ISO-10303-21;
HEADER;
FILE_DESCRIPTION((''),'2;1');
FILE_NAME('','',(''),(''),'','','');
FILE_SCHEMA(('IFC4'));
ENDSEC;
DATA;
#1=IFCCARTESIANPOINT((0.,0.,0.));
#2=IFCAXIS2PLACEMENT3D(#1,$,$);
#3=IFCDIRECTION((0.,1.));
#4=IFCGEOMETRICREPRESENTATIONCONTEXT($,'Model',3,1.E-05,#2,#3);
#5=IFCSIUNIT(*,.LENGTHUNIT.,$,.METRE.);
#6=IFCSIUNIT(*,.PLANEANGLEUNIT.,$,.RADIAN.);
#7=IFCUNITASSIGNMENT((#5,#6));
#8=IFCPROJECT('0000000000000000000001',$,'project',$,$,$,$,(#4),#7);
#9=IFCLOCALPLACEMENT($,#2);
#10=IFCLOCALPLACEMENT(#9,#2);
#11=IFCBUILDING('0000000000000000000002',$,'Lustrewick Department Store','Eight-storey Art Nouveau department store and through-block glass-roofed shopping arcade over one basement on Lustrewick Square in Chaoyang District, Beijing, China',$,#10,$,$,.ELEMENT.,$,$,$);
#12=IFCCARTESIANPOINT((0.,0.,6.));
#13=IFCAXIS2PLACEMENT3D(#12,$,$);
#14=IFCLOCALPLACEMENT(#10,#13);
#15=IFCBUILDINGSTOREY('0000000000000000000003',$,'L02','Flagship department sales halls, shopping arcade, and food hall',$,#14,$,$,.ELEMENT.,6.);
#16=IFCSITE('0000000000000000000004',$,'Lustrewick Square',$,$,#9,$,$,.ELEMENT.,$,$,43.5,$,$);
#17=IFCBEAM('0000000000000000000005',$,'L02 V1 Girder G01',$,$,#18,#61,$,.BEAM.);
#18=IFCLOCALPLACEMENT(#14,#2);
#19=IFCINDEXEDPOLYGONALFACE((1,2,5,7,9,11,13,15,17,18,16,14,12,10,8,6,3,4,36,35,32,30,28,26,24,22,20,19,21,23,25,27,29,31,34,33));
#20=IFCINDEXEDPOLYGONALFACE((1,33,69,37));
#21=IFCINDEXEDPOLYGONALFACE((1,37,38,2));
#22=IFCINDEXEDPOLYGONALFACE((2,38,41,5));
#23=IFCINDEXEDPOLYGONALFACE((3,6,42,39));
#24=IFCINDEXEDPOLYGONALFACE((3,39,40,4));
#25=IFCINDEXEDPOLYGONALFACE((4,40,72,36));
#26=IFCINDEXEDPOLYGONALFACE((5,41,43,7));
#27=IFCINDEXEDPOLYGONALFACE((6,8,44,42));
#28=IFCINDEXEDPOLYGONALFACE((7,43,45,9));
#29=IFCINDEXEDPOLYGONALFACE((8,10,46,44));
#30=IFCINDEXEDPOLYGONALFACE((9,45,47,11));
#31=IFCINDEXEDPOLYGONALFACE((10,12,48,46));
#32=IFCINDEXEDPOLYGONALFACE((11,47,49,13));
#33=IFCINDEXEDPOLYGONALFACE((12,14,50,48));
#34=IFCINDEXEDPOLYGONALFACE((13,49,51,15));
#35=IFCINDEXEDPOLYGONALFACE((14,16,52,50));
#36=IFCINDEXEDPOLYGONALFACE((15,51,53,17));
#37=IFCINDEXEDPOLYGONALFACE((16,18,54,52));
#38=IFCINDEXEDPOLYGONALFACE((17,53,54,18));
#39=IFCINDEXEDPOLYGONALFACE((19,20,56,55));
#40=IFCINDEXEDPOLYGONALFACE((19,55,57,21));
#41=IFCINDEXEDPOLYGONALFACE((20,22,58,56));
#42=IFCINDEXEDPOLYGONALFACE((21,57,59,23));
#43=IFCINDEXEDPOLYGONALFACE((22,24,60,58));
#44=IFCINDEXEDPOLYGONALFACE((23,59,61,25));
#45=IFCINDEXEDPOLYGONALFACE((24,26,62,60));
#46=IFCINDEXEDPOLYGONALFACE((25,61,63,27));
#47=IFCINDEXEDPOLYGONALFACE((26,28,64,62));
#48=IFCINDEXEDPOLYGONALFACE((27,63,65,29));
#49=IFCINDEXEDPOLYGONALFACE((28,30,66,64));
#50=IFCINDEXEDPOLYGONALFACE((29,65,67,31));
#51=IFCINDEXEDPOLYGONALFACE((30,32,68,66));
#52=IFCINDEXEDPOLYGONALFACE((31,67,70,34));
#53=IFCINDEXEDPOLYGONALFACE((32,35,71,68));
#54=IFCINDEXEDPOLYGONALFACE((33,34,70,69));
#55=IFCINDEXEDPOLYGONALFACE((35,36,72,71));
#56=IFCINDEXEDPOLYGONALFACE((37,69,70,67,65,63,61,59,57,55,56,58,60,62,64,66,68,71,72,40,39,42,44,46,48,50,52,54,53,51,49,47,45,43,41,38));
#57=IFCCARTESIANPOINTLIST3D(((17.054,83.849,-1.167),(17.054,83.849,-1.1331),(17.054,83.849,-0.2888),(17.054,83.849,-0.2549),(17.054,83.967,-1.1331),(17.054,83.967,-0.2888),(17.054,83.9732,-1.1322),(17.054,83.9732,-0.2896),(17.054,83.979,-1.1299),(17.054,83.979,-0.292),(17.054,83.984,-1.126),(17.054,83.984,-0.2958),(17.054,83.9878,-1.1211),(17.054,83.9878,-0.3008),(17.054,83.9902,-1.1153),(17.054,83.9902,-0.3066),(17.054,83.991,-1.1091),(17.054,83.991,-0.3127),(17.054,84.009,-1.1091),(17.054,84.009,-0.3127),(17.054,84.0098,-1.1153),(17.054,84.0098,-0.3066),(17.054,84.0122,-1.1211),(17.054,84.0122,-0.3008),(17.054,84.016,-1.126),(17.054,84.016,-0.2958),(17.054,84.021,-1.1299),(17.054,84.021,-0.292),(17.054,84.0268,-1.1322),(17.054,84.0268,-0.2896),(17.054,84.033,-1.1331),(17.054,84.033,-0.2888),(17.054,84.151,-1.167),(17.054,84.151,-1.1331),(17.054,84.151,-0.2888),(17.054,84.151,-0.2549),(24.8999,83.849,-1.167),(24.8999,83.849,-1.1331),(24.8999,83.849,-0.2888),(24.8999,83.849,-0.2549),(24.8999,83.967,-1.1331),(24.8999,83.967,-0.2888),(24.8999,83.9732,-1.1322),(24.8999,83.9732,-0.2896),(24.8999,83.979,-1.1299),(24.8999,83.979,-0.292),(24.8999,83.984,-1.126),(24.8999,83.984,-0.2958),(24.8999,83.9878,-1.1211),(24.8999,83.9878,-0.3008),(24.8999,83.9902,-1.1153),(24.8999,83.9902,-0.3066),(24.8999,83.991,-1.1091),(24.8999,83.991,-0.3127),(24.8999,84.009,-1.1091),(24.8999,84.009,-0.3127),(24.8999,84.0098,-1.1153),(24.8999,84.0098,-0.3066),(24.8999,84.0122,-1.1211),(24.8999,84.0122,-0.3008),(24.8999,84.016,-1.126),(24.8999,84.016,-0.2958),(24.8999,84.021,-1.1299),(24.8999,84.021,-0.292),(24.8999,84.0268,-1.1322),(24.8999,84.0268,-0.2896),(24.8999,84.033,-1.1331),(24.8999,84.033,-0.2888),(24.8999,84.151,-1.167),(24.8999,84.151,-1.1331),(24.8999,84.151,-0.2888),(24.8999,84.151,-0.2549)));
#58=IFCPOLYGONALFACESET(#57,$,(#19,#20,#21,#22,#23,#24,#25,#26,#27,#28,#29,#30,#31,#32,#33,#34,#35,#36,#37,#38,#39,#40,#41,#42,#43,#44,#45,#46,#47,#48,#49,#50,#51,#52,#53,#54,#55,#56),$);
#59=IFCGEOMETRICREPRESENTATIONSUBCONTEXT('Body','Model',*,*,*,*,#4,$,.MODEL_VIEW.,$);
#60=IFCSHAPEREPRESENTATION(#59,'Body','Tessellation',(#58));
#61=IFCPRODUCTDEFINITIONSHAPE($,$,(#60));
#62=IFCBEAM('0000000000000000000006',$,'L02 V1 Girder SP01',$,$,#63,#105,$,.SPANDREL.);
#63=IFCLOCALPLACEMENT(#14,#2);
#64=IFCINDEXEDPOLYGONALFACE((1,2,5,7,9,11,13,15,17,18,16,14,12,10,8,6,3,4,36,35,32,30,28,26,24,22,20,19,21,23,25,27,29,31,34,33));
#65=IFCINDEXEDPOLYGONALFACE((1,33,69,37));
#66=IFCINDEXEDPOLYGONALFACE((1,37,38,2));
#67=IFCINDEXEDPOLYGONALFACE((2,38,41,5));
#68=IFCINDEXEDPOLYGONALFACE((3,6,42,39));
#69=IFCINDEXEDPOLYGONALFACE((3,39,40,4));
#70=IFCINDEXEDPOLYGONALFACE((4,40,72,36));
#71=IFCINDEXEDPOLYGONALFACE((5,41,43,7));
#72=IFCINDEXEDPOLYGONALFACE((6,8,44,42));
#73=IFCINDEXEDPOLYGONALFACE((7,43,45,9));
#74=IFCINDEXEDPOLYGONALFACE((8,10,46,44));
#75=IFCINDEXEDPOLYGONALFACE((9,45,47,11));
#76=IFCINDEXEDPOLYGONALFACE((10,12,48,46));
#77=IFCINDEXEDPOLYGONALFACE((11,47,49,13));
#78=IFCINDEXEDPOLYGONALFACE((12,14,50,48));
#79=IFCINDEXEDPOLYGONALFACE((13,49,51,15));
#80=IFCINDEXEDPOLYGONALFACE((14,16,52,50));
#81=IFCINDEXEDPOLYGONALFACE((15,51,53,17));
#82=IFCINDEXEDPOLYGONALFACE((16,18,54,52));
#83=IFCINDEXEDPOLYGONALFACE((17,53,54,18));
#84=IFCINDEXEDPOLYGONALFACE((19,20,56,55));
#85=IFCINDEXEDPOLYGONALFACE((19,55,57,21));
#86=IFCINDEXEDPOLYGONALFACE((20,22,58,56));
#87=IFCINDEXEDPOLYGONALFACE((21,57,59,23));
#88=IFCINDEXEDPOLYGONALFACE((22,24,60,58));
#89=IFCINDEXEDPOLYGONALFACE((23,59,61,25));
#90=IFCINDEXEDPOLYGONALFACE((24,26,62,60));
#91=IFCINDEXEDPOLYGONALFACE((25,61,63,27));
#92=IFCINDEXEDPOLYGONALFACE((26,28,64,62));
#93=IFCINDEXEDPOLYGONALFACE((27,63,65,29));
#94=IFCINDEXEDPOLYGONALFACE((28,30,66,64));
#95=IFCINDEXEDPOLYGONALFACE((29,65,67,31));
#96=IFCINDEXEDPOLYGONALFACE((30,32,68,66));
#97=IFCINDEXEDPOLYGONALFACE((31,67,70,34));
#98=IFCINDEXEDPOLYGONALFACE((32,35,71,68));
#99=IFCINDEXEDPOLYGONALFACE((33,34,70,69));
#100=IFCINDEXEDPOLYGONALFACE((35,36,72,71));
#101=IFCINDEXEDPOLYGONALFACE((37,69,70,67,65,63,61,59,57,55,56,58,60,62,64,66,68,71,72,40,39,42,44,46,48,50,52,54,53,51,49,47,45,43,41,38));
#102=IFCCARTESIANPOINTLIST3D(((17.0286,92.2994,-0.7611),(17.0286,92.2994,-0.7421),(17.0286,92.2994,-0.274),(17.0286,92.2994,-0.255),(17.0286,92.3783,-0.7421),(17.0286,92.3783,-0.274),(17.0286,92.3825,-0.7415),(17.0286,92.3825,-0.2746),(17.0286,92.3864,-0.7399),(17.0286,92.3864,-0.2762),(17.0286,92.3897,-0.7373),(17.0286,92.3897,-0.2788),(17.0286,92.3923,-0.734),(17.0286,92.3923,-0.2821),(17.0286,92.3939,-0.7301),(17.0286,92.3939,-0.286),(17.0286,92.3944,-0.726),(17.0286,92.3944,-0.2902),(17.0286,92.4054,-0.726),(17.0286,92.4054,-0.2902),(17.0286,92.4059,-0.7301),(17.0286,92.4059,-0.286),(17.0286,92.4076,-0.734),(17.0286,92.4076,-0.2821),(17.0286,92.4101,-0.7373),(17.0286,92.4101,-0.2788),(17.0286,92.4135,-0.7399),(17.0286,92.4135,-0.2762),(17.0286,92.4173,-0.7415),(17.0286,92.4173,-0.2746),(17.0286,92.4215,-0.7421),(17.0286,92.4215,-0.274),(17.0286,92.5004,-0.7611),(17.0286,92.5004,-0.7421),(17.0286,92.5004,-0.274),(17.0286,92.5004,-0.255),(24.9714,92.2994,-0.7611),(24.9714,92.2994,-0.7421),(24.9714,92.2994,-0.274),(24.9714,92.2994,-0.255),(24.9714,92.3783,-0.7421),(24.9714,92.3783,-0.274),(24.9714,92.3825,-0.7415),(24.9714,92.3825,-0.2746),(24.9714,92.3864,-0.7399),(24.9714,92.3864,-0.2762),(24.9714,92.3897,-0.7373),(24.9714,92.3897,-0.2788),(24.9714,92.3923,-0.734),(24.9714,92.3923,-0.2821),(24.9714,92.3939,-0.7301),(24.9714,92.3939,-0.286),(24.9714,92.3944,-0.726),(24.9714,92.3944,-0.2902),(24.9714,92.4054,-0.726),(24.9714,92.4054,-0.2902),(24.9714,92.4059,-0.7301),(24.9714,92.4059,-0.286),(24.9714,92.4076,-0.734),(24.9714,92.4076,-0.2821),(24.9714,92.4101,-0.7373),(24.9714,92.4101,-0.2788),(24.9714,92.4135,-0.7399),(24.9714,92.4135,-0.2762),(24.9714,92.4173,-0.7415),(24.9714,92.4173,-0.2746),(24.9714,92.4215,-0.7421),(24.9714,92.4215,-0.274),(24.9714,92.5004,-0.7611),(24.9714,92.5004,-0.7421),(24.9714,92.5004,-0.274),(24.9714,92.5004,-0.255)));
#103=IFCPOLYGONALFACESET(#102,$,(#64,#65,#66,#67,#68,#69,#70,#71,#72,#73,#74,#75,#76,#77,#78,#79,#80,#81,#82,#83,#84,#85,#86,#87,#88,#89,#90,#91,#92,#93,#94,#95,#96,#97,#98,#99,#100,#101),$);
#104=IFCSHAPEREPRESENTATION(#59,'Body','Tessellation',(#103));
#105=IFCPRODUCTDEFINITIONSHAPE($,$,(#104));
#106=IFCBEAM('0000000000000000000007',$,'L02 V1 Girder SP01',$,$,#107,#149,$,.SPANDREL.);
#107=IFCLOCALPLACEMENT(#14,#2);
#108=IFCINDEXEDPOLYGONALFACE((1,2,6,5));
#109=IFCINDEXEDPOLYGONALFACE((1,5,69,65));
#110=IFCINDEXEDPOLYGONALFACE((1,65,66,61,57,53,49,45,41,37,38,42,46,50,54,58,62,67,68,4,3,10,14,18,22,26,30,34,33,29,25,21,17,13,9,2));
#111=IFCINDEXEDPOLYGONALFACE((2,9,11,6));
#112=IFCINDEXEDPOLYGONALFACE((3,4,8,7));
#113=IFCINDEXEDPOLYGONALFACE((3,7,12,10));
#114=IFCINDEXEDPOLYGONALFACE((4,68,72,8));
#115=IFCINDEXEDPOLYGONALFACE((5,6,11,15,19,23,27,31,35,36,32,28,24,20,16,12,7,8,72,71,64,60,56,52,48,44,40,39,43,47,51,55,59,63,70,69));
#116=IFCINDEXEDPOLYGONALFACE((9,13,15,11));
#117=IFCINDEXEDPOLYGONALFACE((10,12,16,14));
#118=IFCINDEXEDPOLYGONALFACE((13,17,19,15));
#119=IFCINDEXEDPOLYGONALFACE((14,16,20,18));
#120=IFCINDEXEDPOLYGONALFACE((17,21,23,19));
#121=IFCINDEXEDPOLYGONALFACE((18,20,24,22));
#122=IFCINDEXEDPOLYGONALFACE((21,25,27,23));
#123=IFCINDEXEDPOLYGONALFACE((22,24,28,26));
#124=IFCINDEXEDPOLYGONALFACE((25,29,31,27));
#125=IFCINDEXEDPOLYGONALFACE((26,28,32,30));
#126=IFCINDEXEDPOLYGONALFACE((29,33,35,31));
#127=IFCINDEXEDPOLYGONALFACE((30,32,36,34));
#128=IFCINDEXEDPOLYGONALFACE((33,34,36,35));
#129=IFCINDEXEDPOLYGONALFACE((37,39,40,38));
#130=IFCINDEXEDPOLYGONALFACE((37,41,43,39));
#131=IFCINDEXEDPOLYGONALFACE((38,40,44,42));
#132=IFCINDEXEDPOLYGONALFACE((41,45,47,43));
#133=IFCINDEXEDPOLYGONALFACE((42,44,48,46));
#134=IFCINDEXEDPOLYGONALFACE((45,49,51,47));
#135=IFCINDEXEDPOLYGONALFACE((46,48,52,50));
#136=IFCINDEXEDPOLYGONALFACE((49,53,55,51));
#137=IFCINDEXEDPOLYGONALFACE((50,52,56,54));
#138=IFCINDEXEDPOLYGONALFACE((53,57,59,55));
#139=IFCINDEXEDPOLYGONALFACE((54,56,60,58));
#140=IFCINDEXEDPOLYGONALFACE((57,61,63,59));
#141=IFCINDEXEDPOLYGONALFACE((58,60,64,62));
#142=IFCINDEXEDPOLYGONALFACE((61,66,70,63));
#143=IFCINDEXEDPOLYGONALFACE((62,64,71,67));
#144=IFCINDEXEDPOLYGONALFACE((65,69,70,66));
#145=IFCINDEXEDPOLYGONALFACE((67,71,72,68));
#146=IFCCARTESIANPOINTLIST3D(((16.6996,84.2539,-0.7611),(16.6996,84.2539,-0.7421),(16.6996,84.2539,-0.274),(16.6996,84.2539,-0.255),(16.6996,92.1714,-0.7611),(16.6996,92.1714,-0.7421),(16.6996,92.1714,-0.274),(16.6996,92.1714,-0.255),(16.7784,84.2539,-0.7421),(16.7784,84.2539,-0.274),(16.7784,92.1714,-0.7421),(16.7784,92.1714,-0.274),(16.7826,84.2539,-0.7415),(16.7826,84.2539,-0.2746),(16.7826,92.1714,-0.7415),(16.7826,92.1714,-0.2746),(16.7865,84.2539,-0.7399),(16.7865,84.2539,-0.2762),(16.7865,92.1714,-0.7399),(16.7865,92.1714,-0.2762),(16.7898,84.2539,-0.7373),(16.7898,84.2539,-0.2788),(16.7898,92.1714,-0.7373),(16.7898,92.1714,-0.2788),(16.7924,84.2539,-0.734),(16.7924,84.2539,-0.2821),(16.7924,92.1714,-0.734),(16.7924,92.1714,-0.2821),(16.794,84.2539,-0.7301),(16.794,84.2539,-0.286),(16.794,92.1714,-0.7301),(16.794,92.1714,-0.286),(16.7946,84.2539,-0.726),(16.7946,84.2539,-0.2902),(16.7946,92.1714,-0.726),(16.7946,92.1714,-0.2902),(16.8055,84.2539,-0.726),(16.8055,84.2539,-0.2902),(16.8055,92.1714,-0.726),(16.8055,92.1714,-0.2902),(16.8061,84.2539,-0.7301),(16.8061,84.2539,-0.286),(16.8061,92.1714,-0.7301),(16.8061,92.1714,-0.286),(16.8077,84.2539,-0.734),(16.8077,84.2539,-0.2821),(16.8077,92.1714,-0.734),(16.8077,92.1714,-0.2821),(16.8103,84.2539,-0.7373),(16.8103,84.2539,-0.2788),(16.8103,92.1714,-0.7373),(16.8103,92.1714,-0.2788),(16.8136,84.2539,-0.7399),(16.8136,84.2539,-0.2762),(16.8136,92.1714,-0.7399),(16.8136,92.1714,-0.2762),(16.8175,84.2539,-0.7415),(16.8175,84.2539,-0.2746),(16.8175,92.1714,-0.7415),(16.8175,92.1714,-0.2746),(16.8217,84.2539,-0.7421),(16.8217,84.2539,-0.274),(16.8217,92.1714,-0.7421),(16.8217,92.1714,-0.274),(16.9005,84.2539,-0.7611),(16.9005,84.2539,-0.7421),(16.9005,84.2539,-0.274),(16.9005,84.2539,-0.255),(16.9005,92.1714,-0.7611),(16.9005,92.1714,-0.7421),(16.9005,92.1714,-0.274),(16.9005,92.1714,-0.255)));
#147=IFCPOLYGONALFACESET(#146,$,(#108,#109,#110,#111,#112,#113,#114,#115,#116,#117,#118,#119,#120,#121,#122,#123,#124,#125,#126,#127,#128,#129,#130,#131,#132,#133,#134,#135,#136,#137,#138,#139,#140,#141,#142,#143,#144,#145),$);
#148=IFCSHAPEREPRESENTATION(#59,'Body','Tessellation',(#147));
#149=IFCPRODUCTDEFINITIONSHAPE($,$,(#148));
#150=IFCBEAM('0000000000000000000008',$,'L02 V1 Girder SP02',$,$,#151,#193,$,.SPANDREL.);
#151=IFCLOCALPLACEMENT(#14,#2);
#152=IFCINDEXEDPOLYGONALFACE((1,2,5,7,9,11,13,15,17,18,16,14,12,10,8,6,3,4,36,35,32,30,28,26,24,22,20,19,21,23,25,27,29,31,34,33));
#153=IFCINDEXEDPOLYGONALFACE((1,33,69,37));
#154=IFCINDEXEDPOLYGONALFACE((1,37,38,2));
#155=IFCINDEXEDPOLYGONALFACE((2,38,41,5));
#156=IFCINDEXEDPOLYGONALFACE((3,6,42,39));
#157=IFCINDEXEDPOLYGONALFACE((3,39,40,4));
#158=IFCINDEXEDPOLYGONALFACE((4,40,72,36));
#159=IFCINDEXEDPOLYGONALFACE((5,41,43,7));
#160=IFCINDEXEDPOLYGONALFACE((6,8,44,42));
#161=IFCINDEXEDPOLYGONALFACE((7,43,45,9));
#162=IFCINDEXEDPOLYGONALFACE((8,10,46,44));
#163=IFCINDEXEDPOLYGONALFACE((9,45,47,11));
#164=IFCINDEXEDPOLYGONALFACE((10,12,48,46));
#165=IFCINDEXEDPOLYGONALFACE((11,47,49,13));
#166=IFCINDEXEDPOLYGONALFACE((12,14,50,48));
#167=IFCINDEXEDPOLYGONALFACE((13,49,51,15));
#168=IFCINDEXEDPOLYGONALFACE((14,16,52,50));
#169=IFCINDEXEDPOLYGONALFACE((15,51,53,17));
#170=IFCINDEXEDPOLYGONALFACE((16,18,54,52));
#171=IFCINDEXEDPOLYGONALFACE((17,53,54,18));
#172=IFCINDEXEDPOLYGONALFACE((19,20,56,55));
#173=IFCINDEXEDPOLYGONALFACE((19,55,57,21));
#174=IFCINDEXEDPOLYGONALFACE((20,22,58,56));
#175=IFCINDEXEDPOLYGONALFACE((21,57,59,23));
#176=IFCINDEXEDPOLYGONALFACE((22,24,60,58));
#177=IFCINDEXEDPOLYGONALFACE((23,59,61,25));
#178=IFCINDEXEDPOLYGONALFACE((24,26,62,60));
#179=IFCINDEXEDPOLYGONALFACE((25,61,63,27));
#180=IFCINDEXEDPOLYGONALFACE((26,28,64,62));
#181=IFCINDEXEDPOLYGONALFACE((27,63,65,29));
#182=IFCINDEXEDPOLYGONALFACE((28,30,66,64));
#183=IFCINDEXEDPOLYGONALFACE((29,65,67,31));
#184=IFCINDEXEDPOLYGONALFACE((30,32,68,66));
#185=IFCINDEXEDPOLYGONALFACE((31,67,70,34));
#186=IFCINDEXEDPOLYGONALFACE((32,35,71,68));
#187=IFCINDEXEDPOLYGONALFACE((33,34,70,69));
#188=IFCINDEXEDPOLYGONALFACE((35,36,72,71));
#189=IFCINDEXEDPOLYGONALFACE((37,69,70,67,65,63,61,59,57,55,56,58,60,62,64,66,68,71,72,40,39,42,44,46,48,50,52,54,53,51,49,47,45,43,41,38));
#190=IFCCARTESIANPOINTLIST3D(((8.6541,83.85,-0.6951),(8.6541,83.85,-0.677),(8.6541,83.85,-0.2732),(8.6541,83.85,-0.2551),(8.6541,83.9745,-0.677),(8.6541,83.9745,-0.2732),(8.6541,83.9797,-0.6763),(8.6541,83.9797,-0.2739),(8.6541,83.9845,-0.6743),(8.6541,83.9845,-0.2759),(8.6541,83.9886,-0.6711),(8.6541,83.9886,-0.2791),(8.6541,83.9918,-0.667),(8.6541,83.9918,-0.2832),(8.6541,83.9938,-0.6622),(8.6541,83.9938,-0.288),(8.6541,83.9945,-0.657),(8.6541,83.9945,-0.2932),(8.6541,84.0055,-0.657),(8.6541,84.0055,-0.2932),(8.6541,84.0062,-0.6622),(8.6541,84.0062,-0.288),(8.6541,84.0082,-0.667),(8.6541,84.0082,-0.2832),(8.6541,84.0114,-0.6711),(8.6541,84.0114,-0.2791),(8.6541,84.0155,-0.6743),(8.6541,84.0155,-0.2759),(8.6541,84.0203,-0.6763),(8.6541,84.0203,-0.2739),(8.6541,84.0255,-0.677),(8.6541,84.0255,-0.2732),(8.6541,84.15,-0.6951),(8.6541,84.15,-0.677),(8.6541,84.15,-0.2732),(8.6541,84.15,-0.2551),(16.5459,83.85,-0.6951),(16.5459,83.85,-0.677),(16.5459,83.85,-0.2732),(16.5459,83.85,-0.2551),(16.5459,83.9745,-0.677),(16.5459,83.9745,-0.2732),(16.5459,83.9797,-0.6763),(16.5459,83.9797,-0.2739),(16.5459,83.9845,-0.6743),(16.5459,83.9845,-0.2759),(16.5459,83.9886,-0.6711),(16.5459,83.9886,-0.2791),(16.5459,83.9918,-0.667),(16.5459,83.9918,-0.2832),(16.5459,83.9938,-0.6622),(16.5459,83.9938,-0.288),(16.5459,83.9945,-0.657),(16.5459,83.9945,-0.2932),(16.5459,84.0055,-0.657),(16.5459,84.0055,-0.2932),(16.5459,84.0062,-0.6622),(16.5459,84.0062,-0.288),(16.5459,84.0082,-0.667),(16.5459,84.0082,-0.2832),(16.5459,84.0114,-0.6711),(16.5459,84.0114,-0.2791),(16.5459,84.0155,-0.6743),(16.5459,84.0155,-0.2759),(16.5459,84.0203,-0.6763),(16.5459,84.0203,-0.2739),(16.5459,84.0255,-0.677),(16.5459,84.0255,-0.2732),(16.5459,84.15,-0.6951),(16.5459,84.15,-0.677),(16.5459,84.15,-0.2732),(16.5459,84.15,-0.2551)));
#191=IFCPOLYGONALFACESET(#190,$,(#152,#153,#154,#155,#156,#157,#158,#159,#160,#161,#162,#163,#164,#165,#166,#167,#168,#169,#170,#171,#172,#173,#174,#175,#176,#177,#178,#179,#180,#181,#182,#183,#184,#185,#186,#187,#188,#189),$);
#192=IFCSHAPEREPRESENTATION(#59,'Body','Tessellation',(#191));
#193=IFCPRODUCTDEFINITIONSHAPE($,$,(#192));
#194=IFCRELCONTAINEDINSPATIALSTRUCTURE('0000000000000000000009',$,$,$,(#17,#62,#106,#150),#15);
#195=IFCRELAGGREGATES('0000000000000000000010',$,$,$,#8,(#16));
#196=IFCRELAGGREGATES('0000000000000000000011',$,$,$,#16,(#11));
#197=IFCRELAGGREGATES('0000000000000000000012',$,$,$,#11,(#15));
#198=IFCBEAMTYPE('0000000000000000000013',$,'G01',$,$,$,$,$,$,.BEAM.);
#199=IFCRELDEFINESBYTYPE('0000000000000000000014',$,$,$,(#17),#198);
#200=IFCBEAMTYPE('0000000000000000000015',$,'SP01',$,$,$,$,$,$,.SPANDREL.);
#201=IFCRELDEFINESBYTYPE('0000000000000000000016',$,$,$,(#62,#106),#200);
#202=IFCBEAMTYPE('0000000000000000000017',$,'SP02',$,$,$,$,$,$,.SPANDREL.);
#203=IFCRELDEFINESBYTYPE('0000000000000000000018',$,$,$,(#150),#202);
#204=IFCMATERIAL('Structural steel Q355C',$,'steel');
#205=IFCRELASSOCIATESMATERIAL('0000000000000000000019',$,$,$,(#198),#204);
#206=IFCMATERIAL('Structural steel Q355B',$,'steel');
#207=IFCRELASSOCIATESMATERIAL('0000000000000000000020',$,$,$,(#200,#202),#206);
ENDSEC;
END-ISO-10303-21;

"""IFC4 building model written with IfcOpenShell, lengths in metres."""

from ifc_helpers import new_model, si_unit, direction, frame, origin, origin_2d, place, context, subcontext, project, spatial, i_section, extrude, material, material_profile, profile_set, type_object, element, save


model = new_model("IFC4")

# Units and contexts
model_context = context("Model", 3, precision=1e-05, world=origin(), true_north=direction((0.0, 1.0)))
body_context = subcontext(model_context, "Body", "Model", "MODEL_VIEW")
ifc_project = project(units=[si_unit("LENGTHUNIT", "METRE"), si_unit("PLANEANGLEUNIT", "RADIAN")], contexts=[model_context])

# Site, building, storey
site_placement = place(None, origin())
site = spatial("IfcSite", under=ifc_project, at=site_placement, Name="Lustrewick Square", CompositionType="ELEMENT", RefElevation=43.5)
building_placement = place(site_placement, origin())
building = spatial("IfcBuilding", under=site, at=building_placement, Name="Lustrewick Department Store", Description="Eight-storey Art Nouveau department store and through-block glass-roofed shopping arcade over one basement on Lustrewick Square in Chaoyang District, Beijing, China", CompositionType="ELEMENT")
storey_placement = place(building_placement, frame((0.0, 0.0, 6.0)))
storey = spatial("IfcBuildingStorey", under=building, at=storey_placement, Name="L02", Description="Flagship department sales halls, shopping arcade, and food hall", CompositionType="ELEMENT", Elevation=6.0)

# Shared definitions
ifc_material_1 = material(Name="Structural steel Q355C", Category="steel")
ifc_material_2 = material(Name="Structural steel Q355B", Category="steel")

# Beams
ifc_material_profile_1 = material_profile(ifc_material_1, i_section(OverallWidth=0.302, OverallDepth=0.9121, WebThickness=0.0181, FlangeThickness=0.0339, FilletRadius=0.0239, at=origin_2d()), Name="HN 912x302x18x34")
ifc_profile_set_1 = profile_set([ifc_material_profile_1], Name="Structural steel Q355C")
beam_type_1 = type_object("IfcBeamType", Name="G01", PredefinedType="BEAM", material=ifc_profile_set_1)
beam_1_placement = place(storey_placement, frame((17.054, 84.0, -0.7109), z_axis=(1.0, 0.0, 0.0), x_axis=(0.0, 1.0, 0.0)))
element("IfcBeam", 1, at=beam_1_placement, inside=storey, type_object=beam_type_1, Name="L02 V1 Girder G01", PredefinedType="BEAM", context=body_context, shape_type="SweptSolid", body=[
    extrude(i_section(OverallWidth=0.302, OverallDepth=0.9121, WebThickness=0.0181, FlangeThickness=0.0339, FilletRadius=0.0239, at=origin_2d()), origin(), (0.0, 0.0, 1.0), 7.8459),
])
ifc_material_profile_2 = material_profile(ifc_material_2, i_section(OverallWidth=0.2009, OverallDepth=0.5061, WebThickness=0.011, FlangeThickness=0.019, FilletRadius=0.0161, at=origin_2d()), Name="HN 506x201x11x19")
ifc_profile_set_2 = profile_set([ifc_material_profile_2], Name="Structural steel Q355B")
beam_type_2 = type_object("IfcBeamType", Name="SP01", PredefinedType="SPANDREL", material=ifc_profile_set_2)
beam_2_placement = place(storey_placement, frame((17.0286, 92.3999, -0.5081), z_axis=(1.0, 0.0, 0.0), x_axis=(0.0, 1.0, 0.0)))
element("IfcBeam", 2, at=beam_2_placement, inside=storey, type_object=beam_type_2, Name="L02 V1 Girder SP01", PredefinedType="SPANDREL", context=body_context, shape_type="SweptSolid", body=[
    extrude(i_section(OverallWidth=0.2009, OverallDepth=0.5061, WebThickness=0.011, FlangeThickness=0.019, FilletRadius=0.0161, at=origin_2d()), origin(), (0.0, 0.0, 1.0), 7.9429),
])
beam_3_placement = place(storey_placement, frame((16.8, 84.2539, -0.5081), z_axis=(0.0, 1.0, 0.0), x_axis=(-1.0, 0.0, 0.0)))
element("IfcBeam", 3, at=beam_3_placement, inside=storey, type_object=beam_type_2, Name="L02 V1 Girder SP01", PredefinedType="SPANDREL", context=body_context, shape_type="SweptSolid", body=[
    extrude(i_section(OverallWidth=0.2009, OverallDepth=0.5061, WebThickness=0.011, FlangeThickness=0.019, FilletRadius=0.0161, at=origin_2d()), origin(), (0.0, 0.0, 1.0), 7.9175),
])
ifc_material_profile_3 = material_profile(ifc_material_2, i_section(OverallWidth=0.3, OverallDepth=0.4399, WebThickness=0.011, FlangeThickness=0.0181, FilletRadius=0.02, at=origin_2d()), Name="HM 440x300x11x18")
ifc_profile_set_3 = profile_set([ifc_material_profile_3], Name="Structural steel Q355B")
beam_type_3 = type_object("IfcBeamType", Name="SP02", PredefinedType="SPANDREL", material=ifc_profile_set_3)
beam_4_placement = place(storey_placement, frame((8.6541, 84.0, -0.4751), z_axis=(1.0, 0.0, 0.0), x_axis=(0.0, 1.0, 0.0)))
element("IfcBeam", 4, at=beam_4_placement, inside=storey, type_object=beam_type_3, Name="L02 V1 Girder SP02", PredefinedType="SPANDREL", context=body_context, shape_type="SweptSolid", body=[
    extrude(i_section(OverallWidth=0.3, OverallDepth=0.4399, WebThickness=0.011, FlangeThickness=0.0181, FilletRadius=0.02, at=origin_2d()), origin(), (0.0, 0.0, 1.0), 7.8918),
])

save(model, "model.ifc")
